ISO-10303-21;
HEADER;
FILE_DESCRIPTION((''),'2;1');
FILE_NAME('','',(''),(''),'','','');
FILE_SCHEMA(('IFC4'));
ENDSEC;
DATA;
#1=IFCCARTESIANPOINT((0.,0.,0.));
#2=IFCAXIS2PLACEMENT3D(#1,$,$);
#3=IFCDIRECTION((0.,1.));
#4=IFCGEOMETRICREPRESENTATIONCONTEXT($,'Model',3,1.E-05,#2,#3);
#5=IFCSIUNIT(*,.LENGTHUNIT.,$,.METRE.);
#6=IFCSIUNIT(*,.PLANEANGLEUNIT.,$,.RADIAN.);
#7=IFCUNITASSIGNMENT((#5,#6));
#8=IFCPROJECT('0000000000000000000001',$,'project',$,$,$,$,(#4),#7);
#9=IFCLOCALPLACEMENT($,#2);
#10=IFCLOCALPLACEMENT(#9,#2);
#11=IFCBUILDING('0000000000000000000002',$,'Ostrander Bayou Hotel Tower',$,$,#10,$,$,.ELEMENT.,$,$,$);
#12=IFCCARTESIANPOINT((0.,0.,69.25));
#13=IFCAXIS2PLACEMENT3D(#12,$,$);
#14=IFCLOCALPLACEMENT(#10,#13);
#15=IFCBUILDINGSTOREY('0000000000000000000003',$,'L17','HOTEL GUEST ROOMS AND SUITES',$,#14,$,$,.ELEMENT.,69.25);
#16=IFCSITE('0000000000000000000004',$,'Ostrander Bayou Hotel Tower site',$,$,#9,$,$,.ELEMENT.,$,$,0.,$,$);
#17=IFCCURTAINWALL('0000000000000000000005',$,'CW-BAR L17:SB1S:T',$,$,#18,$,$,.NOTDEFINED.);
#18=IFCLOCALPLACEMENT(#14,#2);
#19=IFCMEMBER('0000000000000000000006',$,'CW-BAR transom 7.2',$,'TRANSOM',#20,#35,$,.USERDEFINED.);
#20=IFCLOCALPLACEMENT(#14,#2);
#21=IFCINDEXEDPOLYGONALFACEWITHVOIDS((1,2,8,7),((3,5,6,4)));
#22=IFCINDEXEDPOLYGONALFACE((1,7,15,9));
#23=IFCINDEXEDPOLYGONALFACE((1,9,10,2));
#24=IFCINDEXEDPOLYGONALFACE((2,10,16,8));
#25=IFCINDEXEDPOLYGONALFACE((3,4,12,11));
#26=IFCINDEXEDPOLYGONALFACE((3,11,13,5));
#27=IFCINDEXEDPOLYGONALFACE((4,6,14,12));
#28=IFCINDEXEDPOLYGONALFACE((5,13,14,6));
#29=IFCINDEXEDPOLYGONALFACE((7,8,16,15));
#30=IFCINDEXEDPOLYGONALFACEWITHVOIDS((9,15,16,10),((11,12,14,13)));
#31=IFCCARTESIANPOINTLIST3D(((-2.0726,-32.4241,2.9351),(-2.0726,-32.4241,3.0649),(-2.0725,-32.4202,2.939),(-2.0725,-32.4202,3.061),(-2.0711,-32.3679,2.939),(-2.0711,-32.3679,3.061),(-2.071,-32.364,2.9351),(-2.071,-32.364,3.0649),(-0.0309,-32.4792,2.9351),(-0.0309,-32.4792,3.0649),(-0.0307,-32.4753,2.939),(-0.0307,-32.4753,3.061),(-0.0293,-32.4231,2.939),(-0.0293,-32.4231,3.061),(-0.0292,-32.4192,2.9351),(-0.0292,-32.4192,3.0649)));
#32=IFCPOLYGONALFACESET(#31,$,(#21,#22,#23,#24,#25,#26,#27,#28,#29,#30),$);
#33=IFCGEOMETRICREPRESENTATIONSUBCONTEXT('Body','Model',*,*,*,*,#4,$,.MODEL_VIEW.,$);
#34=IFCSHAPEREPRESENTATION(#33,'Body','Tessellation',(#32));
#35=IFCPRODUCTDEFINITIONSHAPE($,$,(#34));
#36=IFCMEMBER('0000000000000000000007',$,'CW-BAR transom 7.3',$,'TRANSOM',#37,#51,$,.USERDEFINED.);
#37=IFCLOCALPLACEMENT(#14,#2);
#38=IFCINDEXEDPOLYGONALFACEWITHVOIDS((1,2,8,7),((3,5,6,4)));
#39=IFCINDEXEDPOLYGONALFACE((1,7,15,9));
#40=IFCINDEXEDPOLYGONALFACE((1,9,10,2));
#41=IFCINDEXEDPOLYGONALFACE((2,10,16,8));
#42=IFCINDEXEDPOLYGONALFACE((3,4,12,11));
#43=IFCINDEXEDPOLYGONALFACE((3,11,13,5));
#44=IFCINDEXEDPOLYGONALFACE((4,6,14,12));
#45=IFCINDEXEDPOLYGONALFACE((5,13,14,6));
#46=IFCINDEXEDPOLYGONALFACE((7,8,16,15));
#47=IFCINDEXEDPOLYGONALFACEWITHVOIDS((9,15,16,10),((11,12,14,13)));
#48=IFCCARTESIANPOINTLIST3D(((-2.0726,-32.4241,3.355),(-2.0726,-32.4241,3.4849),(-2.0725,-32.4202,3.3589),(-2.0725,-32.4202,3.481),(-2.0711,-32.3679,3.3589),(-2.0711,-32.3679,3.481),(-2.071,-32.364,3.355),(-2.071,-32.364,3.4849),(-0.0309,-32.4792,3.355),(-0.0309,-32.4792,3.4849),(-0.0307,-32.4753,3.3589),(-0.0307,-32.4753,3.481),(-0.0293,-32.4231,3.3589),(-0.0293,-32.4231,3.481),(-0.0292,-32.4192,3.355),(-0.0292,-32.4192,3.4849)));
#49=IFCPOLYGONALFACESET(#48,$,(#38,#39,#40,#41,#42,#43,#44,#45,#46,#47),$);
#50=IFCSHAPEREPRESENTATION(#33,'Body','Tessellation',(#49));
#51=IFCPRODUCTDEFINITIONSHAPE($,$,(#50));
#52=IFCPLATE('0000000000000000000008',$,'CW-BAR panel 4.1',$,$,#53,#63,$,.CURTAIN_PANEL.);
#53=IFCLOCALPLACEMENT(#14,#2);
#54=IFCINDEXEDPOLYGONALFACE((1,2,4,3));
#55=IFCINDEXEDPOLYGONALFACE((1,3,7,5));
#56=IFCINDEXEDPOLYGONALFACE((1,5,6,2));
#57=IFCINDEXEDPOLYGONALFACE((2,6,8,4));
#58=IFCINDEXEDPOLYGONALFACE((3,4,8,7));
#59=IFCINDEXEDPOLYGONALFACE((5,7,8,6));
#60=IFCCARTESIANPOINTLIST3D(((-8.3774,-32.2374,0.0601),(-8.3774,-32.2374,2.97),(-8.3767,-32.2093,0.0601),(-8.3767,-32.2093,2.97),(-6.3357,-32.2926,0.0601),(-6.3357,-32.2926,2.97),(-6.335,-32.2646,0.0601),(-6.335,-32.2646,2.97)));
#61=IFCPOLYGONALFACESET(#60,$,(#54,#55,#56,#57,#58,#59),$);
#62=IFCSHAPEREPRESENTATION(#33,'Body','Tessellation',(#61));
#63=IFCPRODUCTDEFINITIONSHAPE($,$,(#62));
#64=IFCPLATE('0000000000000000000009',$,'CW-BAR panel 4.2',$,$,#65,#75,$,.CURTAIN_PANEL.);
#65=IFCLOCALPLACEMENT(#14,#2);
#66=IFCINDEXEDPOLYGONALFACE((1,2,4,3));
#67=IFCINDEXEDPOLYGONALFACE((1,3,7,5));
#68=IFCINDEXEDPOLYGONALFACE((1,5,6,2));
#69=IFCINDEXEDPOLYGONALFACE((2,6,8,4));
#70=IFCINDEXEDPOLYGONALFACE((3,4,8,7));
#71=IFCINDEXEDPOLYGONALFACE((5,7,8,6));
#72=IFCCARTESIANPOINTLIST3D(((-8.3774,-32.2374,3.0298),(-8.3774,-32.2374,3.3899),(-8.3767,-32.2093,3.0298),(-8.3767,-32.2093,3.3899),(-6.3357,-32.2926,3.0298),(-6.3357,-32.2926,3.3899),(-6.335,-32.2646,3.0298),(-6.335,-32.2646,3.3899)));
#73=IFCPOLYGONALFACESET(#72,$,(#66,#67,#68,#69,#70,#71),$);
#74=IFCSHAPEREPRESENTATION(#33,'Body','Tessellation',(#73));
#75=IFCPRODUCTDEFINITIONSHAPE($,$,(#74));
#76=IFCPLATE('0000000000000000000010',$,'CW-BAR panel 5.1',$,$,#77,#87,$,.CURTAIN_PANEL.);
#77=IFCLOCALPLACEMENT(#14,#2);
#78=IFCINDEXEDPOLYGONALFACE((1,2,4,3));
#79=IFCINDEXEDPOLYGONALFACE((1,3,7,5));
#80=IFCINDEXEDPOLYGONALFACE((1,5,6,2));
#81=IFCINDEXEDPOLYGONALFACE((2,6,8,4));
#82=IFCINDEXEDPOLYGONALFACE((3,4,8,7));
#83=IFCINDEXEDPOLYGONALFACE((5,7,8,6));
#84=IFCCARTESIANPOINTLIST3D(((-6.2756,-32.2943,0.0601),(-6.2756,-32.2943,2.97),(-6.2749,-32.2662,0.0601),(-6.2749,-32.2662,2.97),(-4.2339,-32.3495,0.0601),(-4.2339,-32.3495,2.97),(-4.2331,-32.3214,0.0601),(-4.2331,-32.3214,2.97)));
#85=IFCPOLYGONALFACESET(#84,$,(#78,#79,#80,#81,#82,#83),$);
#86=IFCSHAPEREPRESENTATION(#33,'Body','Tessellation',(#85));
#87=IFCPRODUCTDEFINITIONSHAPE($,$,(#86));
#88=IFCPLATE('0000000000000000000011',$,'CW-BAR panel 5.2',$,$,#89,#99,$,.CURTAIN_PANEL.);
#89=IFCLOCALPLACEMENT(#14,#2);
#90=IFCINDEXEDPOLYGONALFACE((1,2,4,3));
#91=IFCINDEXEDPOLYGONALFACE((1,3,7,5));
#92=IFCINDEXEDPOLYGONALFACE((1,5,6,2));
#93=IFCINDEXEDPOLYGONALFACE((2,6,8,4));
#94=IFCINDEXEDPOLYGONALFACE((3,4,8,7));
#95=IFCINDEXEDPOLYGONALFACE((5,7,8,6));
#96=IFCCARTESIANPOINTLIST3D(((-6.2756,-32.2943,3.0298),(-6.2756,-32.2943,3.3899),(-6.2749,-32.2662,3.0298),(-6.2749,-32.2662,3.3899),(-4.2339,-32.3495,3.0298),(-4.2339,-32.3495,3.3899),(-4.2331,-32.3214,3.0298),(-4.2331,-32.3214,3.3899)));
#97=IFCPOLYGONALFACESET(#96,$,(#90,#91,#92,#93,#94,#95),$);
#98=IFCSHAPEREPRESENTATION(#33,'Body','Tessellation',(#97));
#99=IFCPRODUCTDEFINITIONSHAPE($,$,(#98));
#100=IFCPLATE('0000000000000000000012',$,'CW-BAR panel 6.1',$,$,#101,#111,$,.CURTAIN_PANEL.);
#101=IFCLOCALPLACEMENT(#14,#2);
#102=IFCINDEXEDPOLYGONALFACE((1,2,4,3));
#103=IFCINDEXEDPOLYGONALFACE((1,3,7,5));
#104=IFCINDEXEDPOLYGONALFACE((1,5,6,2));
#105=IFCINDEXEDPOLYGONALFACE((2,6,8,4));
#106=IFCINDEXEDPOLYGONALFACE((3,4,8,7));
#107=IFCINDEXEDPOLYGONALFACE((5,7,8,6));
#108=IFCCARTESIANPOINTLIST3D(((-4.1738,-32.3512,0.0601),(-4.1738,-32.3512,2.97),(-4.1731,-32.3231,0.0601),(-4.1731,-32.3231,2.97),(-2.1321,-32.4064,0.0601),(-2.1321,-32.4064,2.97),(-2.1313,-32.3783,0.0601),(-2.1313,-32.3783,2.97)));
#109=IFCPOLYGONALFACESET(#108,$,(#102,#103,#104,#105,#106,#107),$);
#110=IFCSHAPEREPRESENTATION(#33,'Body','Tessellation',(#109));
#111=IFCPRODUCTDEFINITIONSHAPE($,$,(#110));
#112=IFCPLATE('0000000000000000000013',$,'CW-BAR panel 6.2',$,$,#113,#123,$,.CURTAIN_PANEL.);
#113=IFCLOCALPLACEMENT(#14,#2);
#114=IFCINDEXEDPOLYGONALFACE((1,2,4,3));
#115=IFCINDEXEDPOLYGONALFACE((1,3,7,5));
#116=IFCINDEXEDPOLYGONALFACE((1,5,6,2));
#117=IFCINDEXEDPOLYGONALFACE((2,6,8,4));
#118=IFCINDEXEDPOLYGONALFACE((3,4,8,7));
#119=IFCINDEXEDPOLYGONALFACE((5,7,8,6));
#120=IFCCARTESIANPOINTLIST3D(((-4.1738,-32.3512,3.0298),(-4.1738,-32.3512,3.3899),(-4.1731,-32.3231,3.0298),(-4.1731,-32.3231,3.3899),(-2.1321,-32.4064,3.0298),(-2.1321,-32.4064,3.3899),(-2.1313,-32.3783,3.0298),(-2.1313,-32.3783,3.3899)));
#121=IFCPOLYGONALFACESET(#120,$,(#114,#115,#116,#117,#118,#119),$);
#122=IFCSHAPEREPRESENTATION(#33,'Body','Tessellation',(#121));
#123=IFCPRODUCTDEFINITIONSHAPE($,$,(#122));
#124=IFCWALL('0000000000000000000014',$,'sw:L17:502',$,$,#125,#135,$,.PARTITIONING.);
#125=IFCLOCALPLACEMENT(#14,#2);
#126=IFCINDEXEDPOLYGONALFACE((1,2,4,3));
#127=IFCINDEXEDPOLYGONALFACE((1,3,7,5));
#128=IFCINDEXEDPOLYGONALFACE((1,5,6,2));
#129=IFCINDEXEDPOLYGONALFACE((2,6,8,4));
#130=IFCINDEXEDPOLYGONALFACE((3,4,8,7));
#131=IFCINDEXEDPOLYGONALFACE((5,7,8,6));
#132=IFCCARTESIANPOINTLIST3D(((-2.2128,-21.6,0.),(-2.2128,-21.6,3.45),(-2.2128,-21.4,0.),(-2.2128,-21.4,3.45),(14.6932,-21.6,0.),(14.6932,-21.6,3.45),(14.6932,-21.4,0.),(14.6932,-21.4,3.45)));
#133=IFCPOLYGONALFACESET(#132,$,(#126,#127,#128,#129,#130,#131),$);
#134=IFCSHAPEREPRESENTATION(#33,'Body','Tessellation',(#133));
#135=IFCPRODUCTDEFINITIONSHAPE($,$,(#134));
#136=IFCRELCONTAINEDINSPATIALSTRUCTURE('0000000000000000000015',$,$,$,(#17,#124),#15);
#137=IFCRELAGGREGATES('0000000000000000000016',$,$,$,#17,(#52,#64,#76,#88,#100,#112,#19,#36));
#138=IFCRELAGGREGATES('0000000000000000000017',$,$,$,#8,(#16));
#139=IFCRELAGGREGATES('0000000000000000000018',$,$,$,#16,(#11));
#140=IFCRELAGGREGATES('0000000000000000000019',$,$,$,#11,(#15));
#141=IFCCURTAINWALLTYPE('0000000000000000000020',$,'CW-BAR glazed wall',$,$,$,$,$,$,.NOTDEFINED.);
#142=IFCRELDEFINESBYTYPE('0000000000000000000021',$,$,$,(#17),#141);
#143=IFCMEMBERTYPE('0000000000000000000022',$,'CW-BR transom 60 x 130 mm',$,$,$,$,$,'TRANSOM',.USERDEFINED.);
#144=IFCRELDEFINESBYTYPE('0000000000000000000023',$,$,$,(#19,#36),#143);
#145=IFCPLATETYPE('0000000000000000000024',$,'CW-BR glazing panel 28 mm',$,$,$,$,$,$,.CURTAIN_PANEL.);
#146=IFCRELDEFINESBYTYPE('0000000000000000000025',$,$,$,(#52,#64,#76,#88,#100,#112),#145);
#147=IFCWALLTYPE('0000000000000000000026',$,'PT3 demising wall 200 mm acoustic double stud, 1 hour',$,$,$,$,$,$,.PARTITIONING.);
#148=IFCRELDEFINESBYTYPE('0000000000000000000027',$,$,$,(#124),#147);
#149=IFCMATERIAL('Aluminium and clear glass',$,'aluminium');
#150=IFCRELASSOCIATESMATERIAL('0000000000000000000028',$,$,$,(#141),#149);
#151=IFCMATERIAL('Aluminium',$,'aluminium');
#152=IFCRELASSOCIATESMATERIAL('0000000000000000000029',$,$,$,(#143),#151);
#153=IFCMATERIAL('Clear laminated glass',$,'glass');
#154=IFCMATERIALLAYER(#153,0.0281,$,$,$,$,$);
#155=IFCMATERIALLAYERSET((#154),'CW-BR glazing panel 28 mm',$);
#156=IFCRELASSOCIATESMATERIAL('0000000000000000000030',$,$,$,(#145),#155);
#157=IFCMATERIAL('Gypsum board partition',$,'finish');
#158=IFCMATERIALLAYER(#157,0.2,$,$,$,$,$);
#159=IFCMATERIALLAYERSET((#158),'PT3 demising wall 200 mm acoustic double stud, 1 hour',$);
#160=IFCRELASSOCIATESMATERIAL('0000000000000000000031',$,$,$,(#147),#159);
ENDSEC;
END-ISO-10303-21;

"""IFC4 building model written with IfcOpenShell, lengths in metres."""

from ifc_helpers import new_model, si_unit, direction, frame, frame_2d, origin, origin_2d, place, context, subcontext, project, spatial, rectangle, hollow_rectangle, extrude, material, layer, layer_set, material_profile, profile_set, type_object, element, aggregate, save


model = new_model("IFC4")

# Units and contexts
model_context = context("Model", 3, precision=1e-05, world=origin(), true_north=direction((0.0, 1.0)))
body_context = subcontext(model_context, "Body", "Model", "MODEL_VIEW")
ifc_project = project(units=[si_unit("LENGTHUNIT", "METRE"), si_unit("PLANEANGLEUNIT", "RADIAN")], contexts=[model_context])

# Site, building, storey
site_placement = place(None, origin())
site = spatial("IfcSite", under=ifc_project, at=site_placement, Name="Ostrander Bayou Hotel Tower site", CompositionType="ELEMENT", RefElevation=0.0)
building_placement = place(site_placement, origin())
building = spatial("IfcBuilding", under=site, at=building_placement, Name="Ostrander Bayou Hotel Tower", CompositionType="ELEMENT")
storey_placement = place(building_placement, frame((0.0, 0.0, 69.25)))
storey = spatial("IfcBuildingStorey", under=building, at=storey_placement, Name="L17", Description="HOTEL GUEST ROOMS AND SUITES", CompositionType="ELEMENT", Elevation=69.25)

# Curtain wall, members, plates
ifc_material_1 = material(Name="Aluminium and clear glass", Category="aluminium")
curtain_wall_type = type_object("IfcCurtainWallType", Name="CW-BAR glazed wall", PredefinedType="NOTDEFINED", material=ifc_material_1)
curtain_wall_placement = place(storey_placement, origin())
curtain_wall = element("IfcCurtainWall", 1, at=curtain_wall_placement, inside=storey, type_object=curtain_wall_type, Name="CW-BAR L17:SB1S:T", PredefinedType="NOTDEFINED")
ifc_material_2 = material(Name="Aluminium", Category="aluminium")
ifc_material_profile_1 = material_profile(ifc_material_2, hollow_rectangle(XDim=0.0601, YDim=0.1299, WallThickness=0.0039, at=origin_2d()))
ifc_profile_set_1 = profile_set([ifc_material_profile_1], Name="Aluminium")
member_type_1 = type_object("IfcMemberType", Name="CW-BR transom 60 x 130 mm", ElementType="TRANSOM", PredefinedType="USERDEFINED", material=ifc_profile_set_1)
member_1_placement = place(storey_placement, frame((-2.0718, -32.394, 3.0), z_axis=(0.999635, -0.027014, 0.0), x_axis=(0.027014, 0.999635, 0.0)))
member_1 = element("IfcMember", 2, at=member_1_placement, type_object=member_type_1, Name="CW-BAR transom 7.2", ObjectType="TRANSOM", PredefinedType="USERDEFINED", context=body_context, shape_type="SweptSolid", body=[
    extrude(hollow_rectangle(XDim=0.0601, YDim=0.1299, WallThickness=0.0039, at=origin_2d()), origin(), (0.0, 0.0, 1.0), 2.0425),
])
member_2_placement = place(storey_placement, frame((-2.0718, -32.394, 3.4199), z_axis=(0.999635, -0.027014, 0.0), x_axis=(0.027014, 0.999635, 0.0)))
member_2 = element("IfcMember", 3, at=member_2_placement, type_object=member_type_1, Name="CW-BAR transom 7.3", ObjectType="TRANSOM", PredefinedType="USERDEFINED", context=body_context, shape_type="SweptSolid", body=[
    extrude(hollow_rectangle(XDim=0.0601, YDim=0.1299, WallThickness=0.0039, at=origin_2d()), origin(), (0.0, 0.0, 1.0), 2.0425),
])
ifc_material_3 = material(Name="Clear laminated glass", Category="glass")
ifc_layer_1 = layer(ifc_material_3, 0.0281)
ifc_layer_set_1 = layer_set([ifc_layer_1], Name="CW-BR glazing panel 28 mm")
plate_type = type_object("IfcPlateType", Name="CW-BR glazing panel 28 mm", PredefinedType="CURTAIN_PANEL", material=ifc_layer_set_1)
plate_1_placement = place(storey_placement, frame((-7.3562, -32.251, 0.0601), z_axis=(0.0, 0.0, 1.0), x_axis=(0.999634, -0.027042, 0.0)))
plate_1 = element("IfcPlate", 4, at=plate_1_placement, type_object=plate_type, Name="CW-BAR panel 4.1", PredefinedType="CURTAIN_PANEL", context=body_context, shape_type="SweptSolid", body=[
    extrude(rectangle(XDim=2.0425, YDim=0.0281, at=origin_2d()), origin(), (0.0, 0.0, 1.0), 2.9099),
])
plate_2_placement = place(storey_placement, frame((-7.3562, -32.251, 3.0298), z_axis=(0.0, 0.0, 1.0), x_axis=(0.999634, -0.027042, 0.0)))
plate_2 = element("IfcPlate", 5, at=plate_2_placement, type_object=plate_type, Name="CW-BAR panel 4.2", PredefinedType="CURTAIN_PANEL", context=body_context, shape_type="SweptSolid", body=[
    extrude(rectangle(XDim=2.0425, YDim=0.0281, at=origin_2d()), origin(), (0.0, 0.0, 1.0), 0.3601),
])
plate_3_placement = place(storey_placement, frame((-5.2544, -32.3079, 0.0601), z_axis=(0.0, 0.0, 1.0), x_axis=(0.999634, -0.027042, 0.0)))
plate_3 = element("IfcPlate", 6, at=plate_3_placement, type_object=plate_type, Name="CW-BAR panel 5.1", PredefinedType="CURTAIN_PANEL", context=body_context, shape_type="SweptSolid", body=[
    extrude(rectangle(XDim=2.0425, YDim=0.0281, at=origin_2d()), origin(), (0.0, 0.0, 1.0), 2.9099),
])
plate_4_placement = place(storey_placement, frame((-5.2544, -32.3079, 3.0298), z_axis=(0.0, 0.0, 1.0), x_axis=(0.999634, -0.027042, 0.0)))
plate_4 = element("IfcPlate", 7, at=plate_4_placement, type_object=plate_type, Name="CW-BAR panel 5.2", PredefinedType="CURTAIN_PANEL", context=body_context, shape_type="SweptSolid", body=[
    extrude(rectangle(XDim=2.0425, YDim=0.0281, at=origin_2d()), origin(), (0.0, 0.0, 1.0), 0.3601),
])
plate_5_placement = place(storey_placement, frame((-3.1526, -32.3647, 0.0601), z_axis=(0.0, 0.0, 1.0), x_axis=(0.999634, -0.027042, 0.0)))
plate_5 = element("IfcPlate", 8, at=plate_5_placement, type_object=plate_type, Name="CW-BAR panel 6.1", PredefinedType="CURTAIN_PANEL", context=body_context, shape_type="SweptSolid", body=[
    extrude(rectangle(XDim=2.0425, YDim=0.0281, at=origin_2d()), origin(), (0.0, 0.0, 1.0), 2.9099),
])
plate_6_placement = place(storey_placement, frame((-3.1526, -32.3647, 3.0298), z_axis=(0.0, 0.0, 1.0), x_axis=(0.999634, -0.027042, 0.0)))
plate_6 = element("IfcPlate", 9, at=plate_6_placement, type_object=plate_type, Name="CW-BAR panel 6.2", PredefinedType="CURTAIN_PANEL", context=body_context, shape_type="SweptSolid", body=[
    extrude(rectangle(XDim=2.0425, YDim=0.0281, at=origin_2d()), origin(), (0.0, 0.0, 1.0), 0.3601),
])
aggregate(curtain_wall, [plate_1, plate_2, plate_3, plate_4, plate_5, plate_6, member_1, member_2])

# Wall
ifc_material_4 = material(Name="Gypsum board partition", Category="finish")
ifc_layer_2 = layer(ifc_material_4, 0.2)
ifc_layer_set_2 = layer_set([ifc_layer_2], Name="PT3 demising wall 200 mm acoustic double stud, 1 hour")
wall_type = type_object("IfcWallType", Name="PT3 demising wall 200 mm acoustic double stud, 1 hour", PredefinedType="PARTITIONING", material=ifc_layer_set_2)
wall_1_placement = place(storey_placement, frame((-2.2129, -21.5, 0.0), z_axis=(0.0, 0.0, 1.0), x_axis=(1.0, 0.0, 0.0)))
element("IfcWall", 10, at=wall_1_placement, inside=storey, type_object=wall_type, Name="sw:L17:502", PredefinedType="PARTITIONING", context=body_context, shape_type="SweptSolid", body=[
    extrude(rectangle(XDim=16.906, YDim=0.2, at=frame_2d((8.4531, 0.0))), origin(), (0.0, 0.0, 1.0), 3.45),
])

save(model, "model.ifc")
